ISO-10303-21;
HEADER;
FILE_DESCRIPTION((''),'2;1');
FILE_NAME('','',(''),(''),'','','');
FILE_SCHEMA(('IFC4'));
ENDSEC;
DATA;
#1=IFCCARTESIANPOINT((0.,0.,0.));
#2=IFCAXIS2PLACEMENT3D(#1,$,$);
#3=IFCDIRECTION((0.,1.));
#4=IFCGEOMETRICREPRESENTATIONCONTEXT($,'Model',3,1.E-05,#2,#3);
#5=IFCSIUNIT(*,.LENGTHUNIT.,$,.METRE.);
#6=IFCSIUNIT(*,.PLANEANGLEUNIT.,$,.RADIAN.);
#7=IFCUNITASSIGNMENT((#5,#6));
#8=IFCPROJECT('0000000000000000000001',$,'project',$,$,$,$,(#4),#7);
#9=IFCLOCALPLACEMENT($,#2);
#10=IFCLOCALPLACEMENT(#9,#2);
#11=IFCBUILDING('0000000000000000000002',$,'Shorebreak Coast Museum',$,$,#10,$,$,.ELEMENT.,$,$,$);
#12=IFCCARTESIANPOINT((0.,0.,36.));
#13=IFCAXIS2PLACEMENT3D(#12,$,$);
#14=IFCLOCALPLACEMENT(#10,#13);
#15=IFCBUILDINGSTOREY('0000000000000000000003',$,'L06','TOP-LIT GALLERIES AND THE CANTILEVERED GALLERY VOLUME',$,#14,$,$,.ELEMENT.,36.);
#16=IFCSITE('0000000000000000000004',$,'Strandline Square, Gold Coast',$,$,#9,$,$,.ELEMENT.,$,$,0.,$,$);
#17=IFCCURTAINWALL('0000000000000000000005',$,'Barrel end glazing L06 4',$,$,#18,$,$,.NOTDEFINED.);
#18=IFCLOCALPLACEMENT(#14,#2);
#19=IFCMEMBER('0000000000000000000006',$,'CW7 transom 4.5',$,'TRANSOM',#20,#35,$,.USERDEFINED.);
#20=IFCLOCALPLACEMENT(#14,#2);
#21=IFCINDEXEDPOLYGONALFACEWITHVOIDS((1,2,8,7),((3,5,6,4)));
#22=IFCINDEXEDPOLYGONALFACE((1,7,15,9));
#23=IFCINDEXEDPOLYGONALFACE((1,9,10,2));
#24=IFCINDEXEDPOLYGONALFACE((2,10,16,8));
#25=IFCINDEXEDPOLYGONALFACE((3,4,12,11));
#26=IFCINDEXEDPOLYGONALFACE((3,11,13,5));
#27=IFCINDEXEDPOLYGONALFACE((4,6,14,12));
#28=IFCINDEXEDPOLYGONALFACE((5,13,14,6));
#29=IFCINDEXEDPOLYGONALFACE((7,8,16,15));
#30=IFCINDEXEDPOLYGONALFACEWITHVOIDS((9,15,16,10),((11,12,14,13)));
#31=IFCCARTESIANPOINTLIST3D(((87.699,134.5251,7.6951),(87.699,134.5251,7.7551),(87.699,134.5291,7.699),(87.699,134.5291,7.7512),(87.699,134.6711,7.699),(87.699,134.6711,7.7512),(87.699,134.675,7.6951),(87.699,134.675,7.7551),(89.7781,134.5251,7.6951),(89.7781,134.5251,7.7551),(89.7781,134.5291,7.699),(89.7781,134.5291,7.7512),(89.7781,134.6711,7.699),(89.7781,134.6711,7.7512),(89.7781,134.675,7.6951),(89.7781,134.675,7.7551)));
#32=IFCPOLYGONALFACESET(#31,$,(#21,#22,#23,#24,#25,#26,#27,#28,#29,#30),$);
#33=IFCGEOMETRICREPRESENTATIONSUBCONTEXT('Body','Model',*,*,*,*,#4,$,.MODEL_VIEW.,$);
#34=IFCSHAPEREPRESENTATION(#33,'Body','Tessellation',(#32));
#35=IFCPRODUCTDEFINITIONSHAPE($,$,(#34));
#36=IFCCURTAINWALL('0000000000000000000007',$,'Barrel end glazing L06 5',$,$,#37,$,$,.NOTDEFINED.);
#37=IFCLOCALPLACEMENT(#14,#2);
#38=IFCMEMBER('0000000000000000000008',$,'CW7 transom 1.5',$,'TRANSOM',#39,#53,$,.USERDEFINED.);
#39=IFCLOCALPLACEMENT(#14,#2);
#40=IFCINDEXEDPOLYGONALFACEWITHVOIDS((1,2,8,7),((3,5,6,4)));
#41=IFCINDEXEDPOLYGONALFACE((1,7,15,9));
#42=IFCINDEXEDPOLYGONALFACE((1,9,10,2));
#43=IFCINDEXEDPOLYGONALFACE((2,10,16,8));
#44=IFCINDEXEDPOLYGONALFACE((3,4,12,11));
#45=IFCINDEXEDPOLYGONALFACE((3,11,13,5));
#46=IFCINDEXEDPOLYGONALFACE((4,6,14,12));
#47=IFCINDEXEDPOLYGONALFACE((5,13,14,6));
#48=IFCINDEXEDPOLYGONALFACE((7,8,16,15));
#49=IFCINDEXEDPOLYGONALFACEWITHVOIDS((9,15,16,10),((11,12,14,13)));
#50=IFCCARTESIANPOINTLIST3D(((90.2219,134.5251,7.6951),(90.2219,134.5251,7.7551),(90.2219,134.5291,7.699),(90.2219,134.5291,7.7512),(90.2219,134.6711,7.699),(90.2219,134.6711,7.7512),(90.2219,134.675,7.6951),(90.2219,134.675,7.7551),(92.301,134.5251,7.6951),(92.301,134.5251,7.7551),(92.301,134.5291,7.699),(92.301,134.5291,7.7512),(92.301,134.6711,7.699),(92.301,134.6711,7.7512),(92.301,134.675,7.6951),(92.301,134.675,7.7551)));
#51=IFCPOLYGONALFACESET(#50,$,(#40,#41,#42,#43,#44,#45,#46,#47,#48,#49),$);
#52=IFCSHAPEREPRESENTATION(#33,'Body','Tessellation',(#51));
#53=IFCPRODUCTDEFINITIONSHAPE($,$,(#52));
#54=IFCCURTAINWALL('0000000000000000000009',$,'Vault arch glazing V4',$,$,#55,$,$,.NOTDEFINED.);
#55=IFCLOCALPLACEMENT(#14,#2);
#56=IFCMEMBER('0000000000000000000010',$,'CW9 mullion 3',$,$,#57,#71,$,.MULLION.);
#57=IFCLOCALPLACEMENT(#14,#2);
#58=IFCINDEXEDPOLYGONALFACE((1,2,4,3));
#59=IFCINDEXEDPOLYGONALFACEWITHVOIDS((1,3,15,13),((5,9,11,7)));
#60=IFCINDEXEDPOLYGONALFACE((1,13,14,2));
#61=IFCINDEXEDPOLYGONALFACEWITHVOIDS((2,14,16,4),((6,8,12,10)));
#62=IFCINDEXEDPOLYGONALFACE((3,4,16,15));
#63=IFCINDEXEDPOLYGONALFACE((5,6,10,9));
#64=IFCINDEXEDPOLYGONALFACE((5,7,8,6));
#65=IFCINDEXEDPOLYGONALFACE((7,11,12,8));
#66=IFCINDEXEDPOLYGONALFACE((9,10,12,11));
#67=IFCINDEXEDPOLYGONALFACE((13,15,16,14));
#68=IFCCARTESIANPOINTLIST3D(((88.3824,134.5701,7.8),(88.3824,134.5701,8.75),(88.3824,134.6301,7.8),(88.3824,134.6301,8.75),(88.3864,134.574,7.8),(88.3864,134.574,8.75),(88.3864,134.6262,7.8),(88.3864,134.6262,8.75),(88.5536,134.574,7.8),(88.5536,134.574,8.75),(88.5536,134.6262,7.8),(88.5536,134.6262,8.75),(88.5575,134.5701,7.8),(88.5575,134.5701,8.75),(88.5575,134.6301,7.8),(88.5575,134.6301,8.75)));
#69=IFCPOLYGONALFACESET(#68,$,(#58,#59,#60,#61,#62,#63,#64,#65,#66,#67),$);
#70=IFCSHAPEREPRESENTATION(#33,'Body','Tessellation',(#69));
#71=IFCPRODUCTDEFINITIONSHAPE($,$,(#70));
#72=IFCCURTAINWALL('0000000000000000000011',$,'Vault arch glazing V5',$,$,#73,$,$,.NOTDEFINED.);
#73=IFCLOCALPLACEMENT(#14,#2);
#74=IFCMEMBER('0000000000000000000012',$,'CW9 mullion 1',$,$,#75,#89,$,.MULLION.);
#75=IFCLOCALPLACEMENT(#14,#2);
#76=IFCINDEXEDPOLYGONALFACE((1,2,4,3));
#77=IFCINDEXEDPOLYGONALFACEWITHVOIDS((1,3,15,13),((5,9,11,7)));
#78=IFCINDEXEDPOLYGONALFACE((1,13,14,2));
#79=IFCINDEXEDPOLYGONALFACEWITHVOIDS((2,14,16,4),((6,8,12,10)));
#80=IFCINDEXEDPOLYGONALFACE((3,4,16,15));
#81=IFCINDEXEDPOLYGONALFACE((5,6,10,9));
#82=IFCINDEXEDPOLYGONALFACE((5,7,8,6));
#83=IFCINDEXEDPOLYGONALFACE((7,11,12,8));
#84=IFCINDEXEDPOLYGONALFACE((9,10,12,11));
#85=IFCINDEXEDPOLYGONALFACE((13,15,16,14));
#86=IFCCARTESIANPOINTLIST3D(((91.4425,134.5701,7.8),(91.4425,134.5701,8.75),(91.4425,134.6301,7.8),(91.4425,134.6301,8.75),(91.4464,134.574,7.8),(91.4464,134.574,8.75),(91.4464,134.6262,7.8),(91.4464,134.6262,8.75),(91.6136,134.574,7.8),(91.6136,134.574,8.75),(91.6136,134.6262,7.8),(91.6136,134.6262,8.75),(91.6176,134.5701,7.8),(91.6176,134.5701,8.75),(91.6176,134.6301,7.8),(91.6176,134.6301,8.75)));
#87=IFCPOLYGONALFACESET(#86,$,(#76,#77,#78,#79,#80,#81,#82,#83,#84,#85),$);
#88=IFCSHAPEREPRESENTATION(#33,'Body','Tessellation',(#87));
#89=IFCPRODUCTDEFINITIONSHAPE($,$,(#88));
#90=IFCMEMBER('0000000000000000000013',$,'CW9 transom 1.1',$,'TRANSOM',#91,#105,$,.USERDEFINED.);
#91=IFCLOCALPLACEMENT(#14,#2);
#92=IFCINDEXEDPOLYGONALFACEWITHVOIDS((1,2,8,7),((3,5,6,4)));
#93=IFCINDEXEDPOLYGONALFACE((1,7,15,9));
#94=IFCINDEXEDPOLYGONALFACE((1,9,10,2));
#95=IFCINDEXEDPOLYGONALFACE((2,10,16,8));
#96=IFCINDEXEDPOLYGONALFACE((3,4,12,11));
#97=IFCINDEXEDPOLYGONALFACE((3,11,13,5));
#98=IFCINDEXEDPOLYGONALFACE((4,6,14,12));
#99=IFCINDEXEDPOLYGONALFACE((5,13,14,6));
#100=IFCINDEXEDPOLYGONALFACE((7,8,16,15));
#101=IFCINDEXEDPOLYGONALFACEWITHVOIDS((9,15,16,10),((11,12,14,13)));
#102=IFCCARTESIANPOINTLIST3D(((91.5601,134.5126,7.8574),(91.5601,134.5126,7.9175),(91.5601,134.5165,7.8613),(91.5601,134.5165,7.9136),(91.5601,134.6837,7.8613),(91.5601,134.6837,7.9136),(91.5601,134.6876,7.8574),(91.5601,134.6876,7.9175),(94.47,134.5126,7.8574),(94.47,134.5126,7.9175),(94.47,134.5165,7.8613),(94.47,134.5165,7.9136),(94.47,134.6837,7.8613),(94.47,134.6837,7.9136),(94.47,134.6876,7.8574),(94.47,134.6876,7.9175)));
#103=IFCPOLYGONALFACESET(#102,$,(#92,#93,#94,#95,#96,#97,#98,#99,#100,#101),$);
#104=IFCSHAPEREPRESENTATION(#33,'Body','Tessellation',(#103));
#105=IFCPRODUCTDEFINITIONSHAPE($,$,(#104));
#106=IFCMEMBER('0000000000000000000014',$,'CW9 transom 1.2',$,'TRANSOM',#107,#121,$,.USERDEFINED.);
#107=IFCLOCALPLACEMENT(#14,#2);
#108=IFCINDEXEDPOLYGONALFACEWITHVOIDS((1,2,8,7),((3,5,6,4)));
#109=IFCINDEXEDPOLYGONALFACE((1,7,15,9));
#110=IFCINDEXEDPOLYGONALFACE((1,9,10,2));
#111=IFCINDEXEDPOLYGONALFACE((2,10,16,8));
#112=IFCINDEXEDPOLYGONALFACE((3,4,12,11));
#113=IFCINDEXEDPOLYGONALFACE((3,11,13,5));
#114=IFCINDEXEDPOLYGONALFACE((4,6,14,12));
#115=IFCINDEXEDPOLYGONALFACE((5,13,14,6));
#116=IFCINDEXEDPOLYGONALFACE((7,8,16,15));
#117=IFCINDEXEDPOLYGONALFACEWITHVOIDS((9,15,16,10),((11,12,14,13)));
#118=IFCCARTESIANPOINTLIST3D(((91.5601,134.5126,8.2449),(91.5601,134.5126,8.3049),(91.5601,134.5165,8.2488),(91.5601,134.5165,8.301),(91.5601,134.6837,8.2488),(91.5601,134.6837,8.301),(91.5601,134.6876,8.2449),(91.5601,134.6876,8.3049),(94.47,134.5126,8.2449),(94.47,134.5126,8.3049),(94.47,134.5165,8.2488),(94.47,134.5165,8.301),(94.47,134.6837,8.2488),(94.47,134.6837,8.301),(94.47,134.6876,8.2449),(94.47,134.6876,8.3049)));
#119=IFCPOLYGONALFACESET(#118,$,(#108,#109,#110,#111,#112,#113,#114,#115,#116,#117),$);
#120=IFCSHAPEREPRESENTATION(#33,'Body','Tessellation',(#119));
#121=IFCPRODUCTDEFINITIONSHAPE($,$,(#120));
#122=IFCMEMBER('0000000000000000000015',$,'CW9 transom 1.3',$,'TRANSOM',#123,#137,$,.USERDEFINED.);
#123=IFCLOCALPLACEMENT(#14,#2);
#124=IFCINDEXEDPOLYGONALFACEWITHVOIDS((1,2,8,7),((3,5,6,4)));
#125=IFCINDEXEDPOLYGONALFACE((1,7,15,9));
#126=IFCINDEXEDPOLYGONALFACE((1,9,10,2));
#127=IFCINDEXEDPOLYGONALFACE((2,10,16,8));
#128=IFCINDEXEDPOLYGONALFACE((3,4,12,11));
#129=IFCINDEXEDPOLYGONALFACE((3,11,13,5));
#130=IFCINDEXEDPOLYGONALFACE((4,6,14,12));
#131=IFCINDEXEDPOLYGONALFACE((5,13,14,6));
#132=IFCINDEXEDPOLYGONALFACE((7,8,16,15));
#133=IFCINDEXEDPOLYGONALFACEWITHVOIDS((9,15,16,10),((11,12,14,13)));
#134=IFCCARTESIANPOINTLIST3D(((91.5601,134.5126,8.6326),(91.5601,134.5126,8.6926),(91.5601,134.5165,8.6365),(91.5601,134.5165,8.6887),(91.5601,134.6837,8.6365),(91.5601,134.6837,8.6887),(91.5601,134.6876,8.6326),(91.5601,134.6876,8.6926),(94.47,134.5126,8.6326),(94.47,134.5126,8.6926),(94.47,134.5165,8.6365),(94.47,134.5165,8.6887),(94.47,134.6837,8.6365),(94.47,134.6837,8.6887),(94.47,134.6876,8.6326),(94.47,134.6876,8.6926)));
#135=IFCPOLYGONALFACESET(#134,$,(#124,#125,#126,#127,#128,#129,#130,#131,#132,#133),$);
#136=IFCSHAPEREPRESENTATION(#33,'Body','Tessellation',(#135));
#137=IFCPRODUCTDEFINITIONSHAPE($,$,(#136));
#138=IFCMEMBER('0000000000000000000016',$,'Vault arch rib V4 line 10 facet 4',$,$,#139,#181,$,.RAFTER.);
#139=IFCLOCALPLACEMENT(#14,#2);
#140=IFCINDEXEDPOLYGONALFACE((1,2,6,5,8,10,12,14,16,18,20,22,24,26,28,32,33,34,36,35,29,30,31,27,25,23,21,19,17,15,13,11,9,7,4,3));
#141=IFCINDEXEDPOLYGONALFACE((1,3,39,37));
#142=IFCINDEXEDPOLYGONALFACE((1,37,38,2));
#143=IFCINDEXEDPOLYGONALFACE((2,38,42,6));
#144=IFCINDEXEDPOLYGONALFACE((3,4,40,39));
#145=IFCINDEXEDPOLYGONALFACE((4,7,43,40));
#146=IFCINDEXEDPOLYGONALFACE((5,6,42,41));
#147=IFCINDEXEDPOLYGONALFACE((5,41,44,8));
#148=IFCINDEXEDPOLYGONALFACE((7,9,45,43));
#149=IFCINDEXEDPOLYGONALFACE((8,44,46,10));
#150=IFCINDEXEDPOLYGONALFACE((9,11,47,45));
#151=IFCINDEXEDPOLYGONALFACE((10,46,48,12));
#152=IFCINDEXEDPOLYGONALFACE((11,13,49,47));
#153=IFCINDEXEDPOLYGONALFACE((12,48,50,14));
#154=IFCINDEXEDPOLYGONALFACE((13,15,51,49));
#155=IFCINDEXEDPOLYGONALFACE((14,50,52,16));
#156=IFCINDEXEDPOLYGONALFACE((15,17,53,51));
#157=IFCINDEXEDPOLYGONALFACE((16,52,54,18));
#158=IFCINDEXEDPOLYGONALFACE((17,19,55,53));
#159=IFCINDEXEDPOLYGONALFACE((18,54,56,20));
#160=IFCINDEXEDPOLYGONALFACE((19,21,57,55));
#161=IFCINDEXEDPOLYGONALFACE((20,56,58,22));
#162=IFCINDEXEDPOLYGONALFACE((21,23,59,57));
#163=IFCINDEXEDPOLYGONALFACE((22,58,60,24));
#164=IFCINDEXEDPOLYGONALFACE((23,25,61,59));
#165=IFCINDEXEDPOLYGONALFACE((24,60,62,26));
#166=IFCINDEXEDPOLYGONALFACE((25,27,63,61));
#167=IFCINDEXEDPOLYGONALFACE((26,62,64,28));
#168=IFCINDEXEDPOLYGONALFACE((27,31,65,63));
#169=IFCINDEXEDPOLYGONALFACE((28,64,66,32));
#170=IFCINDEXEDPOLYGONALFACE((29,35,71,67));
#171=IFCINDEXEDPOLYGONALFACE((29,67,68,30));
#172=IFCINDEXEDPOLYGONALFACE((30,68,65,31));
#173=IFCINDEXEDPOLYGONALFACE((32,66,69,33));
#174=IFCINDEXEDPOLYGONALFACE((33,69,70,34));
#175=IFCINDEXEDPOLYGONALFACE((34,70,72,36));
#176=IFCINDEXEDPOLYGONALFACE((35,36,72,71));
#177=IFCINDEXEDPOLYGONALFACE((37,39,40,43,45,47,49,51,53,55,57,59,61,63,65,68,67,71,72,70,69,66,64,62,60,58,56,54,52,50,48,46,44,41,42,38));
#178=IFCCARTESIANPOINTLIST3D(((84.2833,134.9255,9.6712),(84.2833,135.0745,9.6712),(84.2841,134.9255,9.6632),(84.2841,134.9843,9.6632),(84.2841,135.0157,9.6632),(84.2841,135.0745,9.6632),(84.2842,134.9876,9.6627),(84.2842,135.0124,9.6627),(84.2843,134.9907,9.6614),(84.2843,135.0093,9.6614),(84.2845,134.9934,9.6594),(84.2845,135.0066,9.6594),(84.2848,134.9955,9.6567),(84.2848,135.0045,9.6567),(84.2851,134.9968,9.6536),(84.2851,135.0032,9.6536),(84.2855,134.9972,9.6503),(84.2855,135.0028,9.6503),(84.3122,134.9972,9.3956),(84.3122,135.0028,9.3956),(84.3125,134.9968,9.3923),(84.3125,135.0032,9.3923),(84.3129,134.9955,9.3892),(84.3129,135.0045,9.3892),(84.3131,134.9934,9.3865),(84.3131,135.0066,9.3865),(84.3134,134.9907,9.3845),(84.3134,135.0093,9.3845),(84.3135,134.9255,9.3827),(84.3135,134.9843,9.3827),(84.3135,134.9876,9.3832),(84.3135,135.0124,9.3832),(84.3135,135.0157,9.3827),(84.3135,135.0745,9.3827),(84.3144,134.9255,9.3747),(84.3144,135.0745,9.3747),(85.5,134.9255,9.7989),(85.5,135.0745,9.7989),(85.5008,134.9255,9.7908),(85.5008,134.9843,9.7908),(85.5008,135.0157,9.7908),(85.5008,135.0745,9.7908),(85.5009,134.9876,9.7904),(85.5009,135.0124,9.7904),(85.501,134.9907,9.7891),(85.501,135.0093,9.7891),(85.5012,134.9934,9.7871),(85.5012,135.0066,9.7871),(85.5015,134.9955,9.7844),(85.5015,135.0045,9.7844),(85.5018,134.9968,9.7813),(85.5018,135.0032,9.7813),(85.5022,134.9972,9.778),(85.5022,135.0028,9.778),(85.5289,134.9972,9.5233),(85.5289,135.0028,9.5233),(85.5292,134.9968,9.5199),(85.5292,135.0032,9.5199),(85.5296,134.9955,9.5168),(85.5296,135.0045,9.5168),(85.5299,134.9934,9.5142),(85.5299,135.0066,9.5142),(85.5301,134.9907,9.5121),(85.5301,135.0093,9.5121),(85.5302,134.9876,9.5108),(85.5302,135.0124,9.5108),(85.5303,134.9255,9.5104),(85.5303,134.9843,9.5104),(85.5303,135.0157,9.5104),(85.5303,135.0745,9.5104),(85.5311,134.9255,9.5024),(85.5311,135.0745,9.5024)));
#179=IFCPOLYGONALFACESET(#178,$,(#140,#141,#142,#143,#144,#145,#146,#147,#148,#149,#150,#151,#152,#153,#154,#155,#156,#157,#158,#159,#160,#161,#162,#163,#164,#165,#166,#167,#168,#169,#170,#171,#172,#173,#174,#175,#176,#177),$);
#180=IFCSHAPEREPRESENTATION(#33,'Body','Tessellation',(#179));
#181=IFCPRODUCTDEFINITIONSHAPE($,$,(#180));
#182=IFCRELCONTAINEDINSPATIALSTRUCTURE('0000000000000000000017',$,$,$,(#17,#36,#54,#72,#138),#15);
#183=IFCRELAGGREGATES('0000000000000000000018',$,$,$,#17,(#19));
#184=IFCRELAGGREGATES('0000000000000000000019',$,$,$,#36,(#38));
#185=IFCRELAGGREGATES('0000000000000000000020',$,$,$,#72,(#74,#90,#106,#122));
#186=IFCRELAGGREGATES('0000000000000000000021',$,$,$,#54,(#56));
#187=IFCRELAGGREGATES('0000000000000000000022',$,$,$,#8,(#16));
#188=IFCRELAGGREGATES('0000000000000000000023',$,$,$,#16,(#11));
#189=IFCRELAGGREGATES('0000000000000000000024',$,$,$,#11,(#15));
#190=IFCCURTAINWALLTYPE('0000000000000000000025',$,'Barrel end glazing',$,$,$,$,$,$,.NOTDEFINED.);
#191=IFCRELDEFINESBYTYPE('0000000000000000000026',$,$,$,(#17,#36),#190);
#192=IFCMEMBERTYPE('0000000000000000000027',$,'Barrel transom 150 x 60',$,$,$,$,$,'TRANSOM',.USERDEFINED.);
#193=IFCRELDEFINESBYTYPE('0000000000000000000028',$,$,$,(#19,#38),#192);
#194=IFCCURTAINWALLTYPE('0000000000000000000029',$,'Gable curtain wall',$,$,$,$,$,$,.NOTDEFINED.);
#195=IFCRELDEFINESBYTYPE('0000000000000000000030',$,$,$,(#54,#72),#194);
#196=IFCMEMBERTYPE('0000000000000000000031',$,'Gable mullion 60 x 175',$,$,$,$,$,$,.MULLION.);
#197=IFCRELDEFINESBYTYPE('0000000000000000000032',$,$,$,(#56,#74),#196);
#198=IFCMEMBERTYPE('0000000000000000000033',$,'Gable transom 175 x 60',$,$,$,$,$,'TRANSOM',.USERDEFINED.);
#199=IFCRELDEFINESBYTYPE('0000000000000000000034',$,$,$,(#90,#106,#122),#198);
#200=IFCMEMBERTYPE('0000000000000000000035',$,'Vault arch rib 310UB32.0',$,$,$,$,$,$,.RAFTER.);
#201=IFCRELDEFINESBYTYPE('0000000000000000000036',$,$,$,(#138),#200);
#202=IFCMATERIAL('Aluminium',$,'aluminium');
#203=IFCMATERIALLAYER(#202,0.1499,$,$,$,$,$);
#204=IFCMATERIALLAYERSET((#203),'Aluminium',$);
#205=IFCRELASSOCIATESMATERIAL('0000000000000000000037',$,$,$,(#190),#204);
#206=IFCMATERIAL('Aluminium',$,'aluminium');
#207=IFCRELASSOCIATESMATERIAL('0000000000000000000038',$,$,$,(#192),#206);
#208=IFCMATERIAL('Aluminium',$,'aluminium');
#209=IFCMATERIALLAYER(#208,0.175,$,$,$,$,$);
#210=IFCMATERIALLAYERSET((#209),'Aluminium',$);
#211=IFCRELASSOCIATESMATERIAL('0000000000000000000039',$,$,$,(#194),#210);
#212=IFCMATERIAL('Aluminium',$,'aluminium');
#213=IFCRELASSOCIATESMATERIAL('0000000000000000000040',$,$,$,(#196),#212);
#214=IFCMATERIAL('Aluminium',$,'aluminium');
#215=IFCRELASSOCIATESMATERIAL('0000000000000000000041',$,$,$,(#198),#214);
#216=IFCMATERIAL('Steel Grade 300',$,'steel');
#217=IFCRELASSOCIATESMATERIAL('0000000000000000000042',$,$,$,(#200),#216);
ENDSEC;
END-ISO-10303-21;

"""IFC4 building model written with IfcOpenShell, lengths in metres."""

from ifc_helpers import new_model, si_unit, direction, frame, origin, origin_2d, place, context, subcontext, project, spatial, hollow_rectangle, i_section, extrude, material, layer, layer_set, material_profile, profile_set, type_object, element, aggregate, save


model = new_model("IFC4")

# Units and contexts
model_context = context("Model", 3, precision=1e-05, world=origin(), true_north=direction((0.0, 1.0)))
body_context = subcontext(model_context, "Body", "Model", "MODEL_VIEW")
ifc_project = project(units=[si_unit("LENGTHUNIT", "METRE"), si_unit("PLANEANGLEUNIT", "RADIAN")], contexts=[model_context])

# Site, building, storey
site_placement = place(None, origin())
site = spatial("IfcSite", under=ifc_project, at=site_placement, Name="Strandline Square, Gold Coast", CompositionType="ELEMENT", RefElevation=0.0)
building_placement = place(site_placement, origin())
building = spatial("IfcBuilding", under=site, at=building_placement, Name="Shorebreak Coast Museum", CompositionType="ELEMENT")
storey_placement = place(building_placement, frame((0.0, 0.0, 36.0)))
storey = spatial("IfcBuildingStorey", under=building, at=storey_placement, Name="L06", Description="TOP-LIT GALLERIES AND THE CANTILEVERED GALLERY VOLUME", CompositionType="ELEMENT", Elevation=36.0)

# Curtain walls, members
ifc_material_1 = material(Name="Aluminium", Category="aluminium")
ifc_layer_1 = layer(ifc_material_1, 0.1499)
ifc_layer_set_1 = layer_set([ifc_layer_1], Name="Aluminium")
curtain_wall_type_1 = type_object("IfcCurtainWallType", Name="Barrel end glazing", PredefinedType="NOTDEFINED", material=ifc_layer_set_1)
curtain_wall_1_placement = place(storey_placement, origin())
curtain_wall_1 = element("IfcCurtainWall", 1, at=curtain_wall_1_placement, inside=storey, type_object=curtain_wall_type_1, Name="Barrel end glazing L06 4", PredefinedType="NOTDEFINED")
ifc_material_2 = material(Name="Aluminium", Category="aluminium")
ifc_material_profile_1 = material_profile(ifc_material_2, hollow_rectangle(XDim=0.1499, YDim=0.0601, WallThickness=0.0039, at=origin_2d()), Name="AL 60x150 RHS")
ifc_profile_set_1 = profile_set([ifc_material_profile_1], Name="Aluminium")
member_type_1 = type_object("IfcMemberType", Name="Barrel transom 150 x 60", ElementType="TRANSOM", PredefinedType="USERDEFINED", material=ifc_profile_set_1)
member_1_placement = place(storey_placement, frame((87.699, 134.6001, 7.7251), z_axis=(1.0, 0.0, 0.0), x_axis=(0.0, 1.0, 0.0)))
member_1 = element("IfcMember", 2, at=member_1_placement, type_object=member_type_1, Name="CW7 transom 4.5", ObjectType="TRANSOM", PredefinedType="USERDEFINED", context=body_context, shape_type="SweptSolid", body=[
    extrude(hollow_rectangle(XDim=0.1499, YDim=0.0601, WallThickness=0.0039, at=origin_2d()), origin(), (0.0, 0.0, 1.0), 2.0791),
])
aggregate(curtain_wall_1, [member_1])
curtain_wall_2_placement = place(storey_placement, origin())
curtain_wall_2 = element("IfcCurtainWall", 3, at=curtain_wall_2_placement, inside=storey, type_object=curtain_wall_type_1, Name="Barrel end glazing L06 5", PredefinedType="NOTDEFINED")
member_2_placement = place(storey_placement, frame((90.2219, 134.6001, 7.7251), z_axis=(1.0, 0.0, 0.0), x_axis=(0.0, 1.0, 0.0)))
member_2 = element("IfcMember", 4, at=member_2_placement, type_object=member_type_1, Name="CW7 transom 1.5", ObjectType="TRANSOM", PredefinedType="USERDEFINED", context=body_context, shape_type="SweptSolid", body=[
    extrude(hollow_rectangle(XDim=0.1499, YDim=0.0601, WallThickness=0.0039, at=origin_2d()), origin(), (0.0, 0.0, 1.0), 2.0791),
])
aggregate(curtain_wall_2, [member_2])
ifc_material_3 = material(Name="Aluminium", Category="aluminium")
ifc_layer_2 = layer(ifc_material_3, 0.175)
ifc_layer_set_2 = layer_set([ifc_layer_2], Name="Aluminium")
curtain_wall_type_2 = type_object("IfcCurtainWallType", Name="Gable curtain wall", PredefinedType="NOTDEFINED", material=ifc_layer_set_2)
curtain_wall_3_placement = place(storey_placement, origin())
curtain_wall_3 = element("IfcCurtainWall", 5, at=curtain_wall_3_placement, inside=storey, type_object=curtain_wall_type_2, Name="Vault arch glazing V4", PredefinedType="NOTDEFINED")
ifc_material_4 = material(Name="Aluminium", Category="aluminium")
ifc_material_profile_2 = material_profile(ifc_material_4, hollow_rectangle(XDim=0.0601, YDim=0.175, WallThickness=0.0039, at=origin_2d()), Name="AL 175x60 RHS")
ifc_profile_set_2 = profile_set([ifc_material_profile_2], Name="Aluminium")
member_type_2 = type_object("IfcMemberType", Name="Gable mullion 60 x 175", PredefinedType="MULLION", material=ifc_profile_set_2)
member_3_placement = place(storey_placement, frame((88.47, 134.6001, 7.8), z_axis=(0.0, 0.0, 1.0), x_axis=(0.0, 1.0, 0.0)))
member_3 = element("IfcMember", 6, at=member_3_placement, type_object=member_type_2, Name="CW9 mullion 3", PredefinedType="MULLION", context=body_context, shape_type="SweptSolid", body=[
    extrude(hollow_rectangle(XDim=0.0601, YDim=0.175, WallThickness=0.0039, at=origin_2d()), origin(), (0.0, 0.0, 1.0), 0.95),
])

# Curtain wall, members
curtain_wall_4_placement = place(storey_placement, origin())
curtain_wall_4 = element("IfcCurtainWall", 7, at=curtain_wall_4_placement, inside=storey, type_object=curtain_wall_type_2, Name="Vault arch glazing V5", PredefinedType="NOTDEFINED")
member_4_placement = place(storey_placement, frame((91.53, 134.6001, 7.8), z_axis=(0.0, 0.0, 1.0), x_axis=(0.0, 1.0, 0.0)))
member_4 = element("IfcMember", 8, at=member_4_placement, type_object=member_type_2, Name="CW9 mullion 1", PredefinedType="MULLION", context=body_context, shape_type="SweptSolid", body=[
    extrude(hollow_rectangle(XDim=0.0601, YDim=0.175, WallThickness=0.0039, at=origin_2d()), origin(), (0.0, 0.0, 1.0), 0.95),
])
ifc_material_5 = material(Name="Aluminium", Category="aluminium")
ifc_material_profile_3 = material_profile(ifc_material_5, hollow_rectangle(XDim=0.175, YDim=0.0601, WallThickness=0.0039, at=origin_2d()), Name="AL 60x175 RHS")
ifc_profile_set_3 = profile_set([ifc_material_profile_3], Name="Aluminium")
member_type_3 = type_object("IfcMemberType", Name="Gable transom 175 x 60", ElementType="TRANSOM", PredefinedType="USERDEFINED", material=ifc_profile_set_3)
member_5_placement = place(storey_placement, frame((91.5601, 134.6001, 7.8875), z_axis=(1.0, 0.0, 0.0), x_axis=(0.0, 1.0, 0.0)))
member_5 = element("IfcMember", 9, at=member_5_placement, type_object=member_type_3, Name="CW9 transom 1.1", ObjectType="TRANSOM", PredefinedType="USERDEFINED", context=body_context, shape_type="SweptSolid", body=[
    extrude(hollow_rectangle(XDim=0.175, YDim=0.0601, WallThickness=0.0039, at=origin_2d()), origin(), (0.0, 0.0, 1.0), 2.9099),
])
member_6_placement = place(storey_placement, frame((91.5601, 134.6001, 8.2749), z_axis=(1.0, 0.0, 0.0), x_axis=(0.0, 1.0, 0.0)))
member_6 = element("IfcMember", 10, at=member_6_placement, type_object=member_type_3, Name="CW9 transom 1.2", ObjectType="TRANSOM", PredefinedType="USERDEFINED", context=body_context, shape_type="SweptSolid", body=[
    extrude(hollow_rectangle(XDim=0.175, YDim=0.0601, WallThickness=0.0039, at=origin_2d()), origin(), (0.0, 0.0, 1.0), 2.9099),
])
member_7_placement = place(storey_placement, frame((91.5601, 134.6001, 8.6626), z_axis=(1.0, 0.0, 0.0), x_axis=(0.0, 1.0, 0.0)))
member_7 = element("IfcMember", 11, at=member_7_placement, type_object=member_type_3, Name="CW9 transom 1.3", ObjectType="TRANSOM", PredefinedType="USERDEFINED", context=body_context, shape_type="SweptSolid", body=[
    extrude(hollow_rectangle(XDim=0.175, YDim=0.0601, WallThickness=0.0039, at=origin_2d()), origin(), (0.0, 0.0, 1.0), 2.9099),
])
aggregate(curtain_wall_4, [member_4, member_5, member_6, member_7])

# Member
ifc_material_6 = material(Name="Steel Grade 300", Category="steel")
ifc_material_profile_4 = material_profile(ifc_material_6, i_section(OverallWidth=0.1489, OverallDepth=0.2981, WebThickness=0.0056, FlangeThickness=0.0081, FilletRadius=0.0129, at=origin_2d()), Name="310UB32.0")
ifc_profile_set_4 = profile_set([ifc_material_profile_4], Name="Steel Grade 300")
member_type_4 = type_object("IfcMemberType", Name="Vault arch rib 310UB32.0", PredefinedType="RAFTER", material=ifc_profile_set_4)
for number, where, z_axis, x_axis, name in (
    (12, (84.2988, 135.0, 9.5229), (0.994539, 0.0, 0.104363), (0.0, 1.0, 0.0), "Vault arch rib V4 line 10 facet 4"),
):
    element("IfcMember", number, at=place(storey_placement, frame(where, z_axis=z_axis, x_axis=x_axis)), inside=storey, type_object=member_type_4, Name=name, PredefinedType="RAFTER", context=body_context, shape_type="SweptSolid", body=[
        extrude(i_section(OverallWidth=0.1489, OverallDepth=0.2981, WebThickness=0.0056, FlangeThickness=0.0081, FilletRadius=0.0129, at=origin_2d()), origin(), (0.0, 0.0, 1.0), 1.2234),
    ])

aggregate(curtain_wall_3, [member_3])

save(model, "model.ifc")
